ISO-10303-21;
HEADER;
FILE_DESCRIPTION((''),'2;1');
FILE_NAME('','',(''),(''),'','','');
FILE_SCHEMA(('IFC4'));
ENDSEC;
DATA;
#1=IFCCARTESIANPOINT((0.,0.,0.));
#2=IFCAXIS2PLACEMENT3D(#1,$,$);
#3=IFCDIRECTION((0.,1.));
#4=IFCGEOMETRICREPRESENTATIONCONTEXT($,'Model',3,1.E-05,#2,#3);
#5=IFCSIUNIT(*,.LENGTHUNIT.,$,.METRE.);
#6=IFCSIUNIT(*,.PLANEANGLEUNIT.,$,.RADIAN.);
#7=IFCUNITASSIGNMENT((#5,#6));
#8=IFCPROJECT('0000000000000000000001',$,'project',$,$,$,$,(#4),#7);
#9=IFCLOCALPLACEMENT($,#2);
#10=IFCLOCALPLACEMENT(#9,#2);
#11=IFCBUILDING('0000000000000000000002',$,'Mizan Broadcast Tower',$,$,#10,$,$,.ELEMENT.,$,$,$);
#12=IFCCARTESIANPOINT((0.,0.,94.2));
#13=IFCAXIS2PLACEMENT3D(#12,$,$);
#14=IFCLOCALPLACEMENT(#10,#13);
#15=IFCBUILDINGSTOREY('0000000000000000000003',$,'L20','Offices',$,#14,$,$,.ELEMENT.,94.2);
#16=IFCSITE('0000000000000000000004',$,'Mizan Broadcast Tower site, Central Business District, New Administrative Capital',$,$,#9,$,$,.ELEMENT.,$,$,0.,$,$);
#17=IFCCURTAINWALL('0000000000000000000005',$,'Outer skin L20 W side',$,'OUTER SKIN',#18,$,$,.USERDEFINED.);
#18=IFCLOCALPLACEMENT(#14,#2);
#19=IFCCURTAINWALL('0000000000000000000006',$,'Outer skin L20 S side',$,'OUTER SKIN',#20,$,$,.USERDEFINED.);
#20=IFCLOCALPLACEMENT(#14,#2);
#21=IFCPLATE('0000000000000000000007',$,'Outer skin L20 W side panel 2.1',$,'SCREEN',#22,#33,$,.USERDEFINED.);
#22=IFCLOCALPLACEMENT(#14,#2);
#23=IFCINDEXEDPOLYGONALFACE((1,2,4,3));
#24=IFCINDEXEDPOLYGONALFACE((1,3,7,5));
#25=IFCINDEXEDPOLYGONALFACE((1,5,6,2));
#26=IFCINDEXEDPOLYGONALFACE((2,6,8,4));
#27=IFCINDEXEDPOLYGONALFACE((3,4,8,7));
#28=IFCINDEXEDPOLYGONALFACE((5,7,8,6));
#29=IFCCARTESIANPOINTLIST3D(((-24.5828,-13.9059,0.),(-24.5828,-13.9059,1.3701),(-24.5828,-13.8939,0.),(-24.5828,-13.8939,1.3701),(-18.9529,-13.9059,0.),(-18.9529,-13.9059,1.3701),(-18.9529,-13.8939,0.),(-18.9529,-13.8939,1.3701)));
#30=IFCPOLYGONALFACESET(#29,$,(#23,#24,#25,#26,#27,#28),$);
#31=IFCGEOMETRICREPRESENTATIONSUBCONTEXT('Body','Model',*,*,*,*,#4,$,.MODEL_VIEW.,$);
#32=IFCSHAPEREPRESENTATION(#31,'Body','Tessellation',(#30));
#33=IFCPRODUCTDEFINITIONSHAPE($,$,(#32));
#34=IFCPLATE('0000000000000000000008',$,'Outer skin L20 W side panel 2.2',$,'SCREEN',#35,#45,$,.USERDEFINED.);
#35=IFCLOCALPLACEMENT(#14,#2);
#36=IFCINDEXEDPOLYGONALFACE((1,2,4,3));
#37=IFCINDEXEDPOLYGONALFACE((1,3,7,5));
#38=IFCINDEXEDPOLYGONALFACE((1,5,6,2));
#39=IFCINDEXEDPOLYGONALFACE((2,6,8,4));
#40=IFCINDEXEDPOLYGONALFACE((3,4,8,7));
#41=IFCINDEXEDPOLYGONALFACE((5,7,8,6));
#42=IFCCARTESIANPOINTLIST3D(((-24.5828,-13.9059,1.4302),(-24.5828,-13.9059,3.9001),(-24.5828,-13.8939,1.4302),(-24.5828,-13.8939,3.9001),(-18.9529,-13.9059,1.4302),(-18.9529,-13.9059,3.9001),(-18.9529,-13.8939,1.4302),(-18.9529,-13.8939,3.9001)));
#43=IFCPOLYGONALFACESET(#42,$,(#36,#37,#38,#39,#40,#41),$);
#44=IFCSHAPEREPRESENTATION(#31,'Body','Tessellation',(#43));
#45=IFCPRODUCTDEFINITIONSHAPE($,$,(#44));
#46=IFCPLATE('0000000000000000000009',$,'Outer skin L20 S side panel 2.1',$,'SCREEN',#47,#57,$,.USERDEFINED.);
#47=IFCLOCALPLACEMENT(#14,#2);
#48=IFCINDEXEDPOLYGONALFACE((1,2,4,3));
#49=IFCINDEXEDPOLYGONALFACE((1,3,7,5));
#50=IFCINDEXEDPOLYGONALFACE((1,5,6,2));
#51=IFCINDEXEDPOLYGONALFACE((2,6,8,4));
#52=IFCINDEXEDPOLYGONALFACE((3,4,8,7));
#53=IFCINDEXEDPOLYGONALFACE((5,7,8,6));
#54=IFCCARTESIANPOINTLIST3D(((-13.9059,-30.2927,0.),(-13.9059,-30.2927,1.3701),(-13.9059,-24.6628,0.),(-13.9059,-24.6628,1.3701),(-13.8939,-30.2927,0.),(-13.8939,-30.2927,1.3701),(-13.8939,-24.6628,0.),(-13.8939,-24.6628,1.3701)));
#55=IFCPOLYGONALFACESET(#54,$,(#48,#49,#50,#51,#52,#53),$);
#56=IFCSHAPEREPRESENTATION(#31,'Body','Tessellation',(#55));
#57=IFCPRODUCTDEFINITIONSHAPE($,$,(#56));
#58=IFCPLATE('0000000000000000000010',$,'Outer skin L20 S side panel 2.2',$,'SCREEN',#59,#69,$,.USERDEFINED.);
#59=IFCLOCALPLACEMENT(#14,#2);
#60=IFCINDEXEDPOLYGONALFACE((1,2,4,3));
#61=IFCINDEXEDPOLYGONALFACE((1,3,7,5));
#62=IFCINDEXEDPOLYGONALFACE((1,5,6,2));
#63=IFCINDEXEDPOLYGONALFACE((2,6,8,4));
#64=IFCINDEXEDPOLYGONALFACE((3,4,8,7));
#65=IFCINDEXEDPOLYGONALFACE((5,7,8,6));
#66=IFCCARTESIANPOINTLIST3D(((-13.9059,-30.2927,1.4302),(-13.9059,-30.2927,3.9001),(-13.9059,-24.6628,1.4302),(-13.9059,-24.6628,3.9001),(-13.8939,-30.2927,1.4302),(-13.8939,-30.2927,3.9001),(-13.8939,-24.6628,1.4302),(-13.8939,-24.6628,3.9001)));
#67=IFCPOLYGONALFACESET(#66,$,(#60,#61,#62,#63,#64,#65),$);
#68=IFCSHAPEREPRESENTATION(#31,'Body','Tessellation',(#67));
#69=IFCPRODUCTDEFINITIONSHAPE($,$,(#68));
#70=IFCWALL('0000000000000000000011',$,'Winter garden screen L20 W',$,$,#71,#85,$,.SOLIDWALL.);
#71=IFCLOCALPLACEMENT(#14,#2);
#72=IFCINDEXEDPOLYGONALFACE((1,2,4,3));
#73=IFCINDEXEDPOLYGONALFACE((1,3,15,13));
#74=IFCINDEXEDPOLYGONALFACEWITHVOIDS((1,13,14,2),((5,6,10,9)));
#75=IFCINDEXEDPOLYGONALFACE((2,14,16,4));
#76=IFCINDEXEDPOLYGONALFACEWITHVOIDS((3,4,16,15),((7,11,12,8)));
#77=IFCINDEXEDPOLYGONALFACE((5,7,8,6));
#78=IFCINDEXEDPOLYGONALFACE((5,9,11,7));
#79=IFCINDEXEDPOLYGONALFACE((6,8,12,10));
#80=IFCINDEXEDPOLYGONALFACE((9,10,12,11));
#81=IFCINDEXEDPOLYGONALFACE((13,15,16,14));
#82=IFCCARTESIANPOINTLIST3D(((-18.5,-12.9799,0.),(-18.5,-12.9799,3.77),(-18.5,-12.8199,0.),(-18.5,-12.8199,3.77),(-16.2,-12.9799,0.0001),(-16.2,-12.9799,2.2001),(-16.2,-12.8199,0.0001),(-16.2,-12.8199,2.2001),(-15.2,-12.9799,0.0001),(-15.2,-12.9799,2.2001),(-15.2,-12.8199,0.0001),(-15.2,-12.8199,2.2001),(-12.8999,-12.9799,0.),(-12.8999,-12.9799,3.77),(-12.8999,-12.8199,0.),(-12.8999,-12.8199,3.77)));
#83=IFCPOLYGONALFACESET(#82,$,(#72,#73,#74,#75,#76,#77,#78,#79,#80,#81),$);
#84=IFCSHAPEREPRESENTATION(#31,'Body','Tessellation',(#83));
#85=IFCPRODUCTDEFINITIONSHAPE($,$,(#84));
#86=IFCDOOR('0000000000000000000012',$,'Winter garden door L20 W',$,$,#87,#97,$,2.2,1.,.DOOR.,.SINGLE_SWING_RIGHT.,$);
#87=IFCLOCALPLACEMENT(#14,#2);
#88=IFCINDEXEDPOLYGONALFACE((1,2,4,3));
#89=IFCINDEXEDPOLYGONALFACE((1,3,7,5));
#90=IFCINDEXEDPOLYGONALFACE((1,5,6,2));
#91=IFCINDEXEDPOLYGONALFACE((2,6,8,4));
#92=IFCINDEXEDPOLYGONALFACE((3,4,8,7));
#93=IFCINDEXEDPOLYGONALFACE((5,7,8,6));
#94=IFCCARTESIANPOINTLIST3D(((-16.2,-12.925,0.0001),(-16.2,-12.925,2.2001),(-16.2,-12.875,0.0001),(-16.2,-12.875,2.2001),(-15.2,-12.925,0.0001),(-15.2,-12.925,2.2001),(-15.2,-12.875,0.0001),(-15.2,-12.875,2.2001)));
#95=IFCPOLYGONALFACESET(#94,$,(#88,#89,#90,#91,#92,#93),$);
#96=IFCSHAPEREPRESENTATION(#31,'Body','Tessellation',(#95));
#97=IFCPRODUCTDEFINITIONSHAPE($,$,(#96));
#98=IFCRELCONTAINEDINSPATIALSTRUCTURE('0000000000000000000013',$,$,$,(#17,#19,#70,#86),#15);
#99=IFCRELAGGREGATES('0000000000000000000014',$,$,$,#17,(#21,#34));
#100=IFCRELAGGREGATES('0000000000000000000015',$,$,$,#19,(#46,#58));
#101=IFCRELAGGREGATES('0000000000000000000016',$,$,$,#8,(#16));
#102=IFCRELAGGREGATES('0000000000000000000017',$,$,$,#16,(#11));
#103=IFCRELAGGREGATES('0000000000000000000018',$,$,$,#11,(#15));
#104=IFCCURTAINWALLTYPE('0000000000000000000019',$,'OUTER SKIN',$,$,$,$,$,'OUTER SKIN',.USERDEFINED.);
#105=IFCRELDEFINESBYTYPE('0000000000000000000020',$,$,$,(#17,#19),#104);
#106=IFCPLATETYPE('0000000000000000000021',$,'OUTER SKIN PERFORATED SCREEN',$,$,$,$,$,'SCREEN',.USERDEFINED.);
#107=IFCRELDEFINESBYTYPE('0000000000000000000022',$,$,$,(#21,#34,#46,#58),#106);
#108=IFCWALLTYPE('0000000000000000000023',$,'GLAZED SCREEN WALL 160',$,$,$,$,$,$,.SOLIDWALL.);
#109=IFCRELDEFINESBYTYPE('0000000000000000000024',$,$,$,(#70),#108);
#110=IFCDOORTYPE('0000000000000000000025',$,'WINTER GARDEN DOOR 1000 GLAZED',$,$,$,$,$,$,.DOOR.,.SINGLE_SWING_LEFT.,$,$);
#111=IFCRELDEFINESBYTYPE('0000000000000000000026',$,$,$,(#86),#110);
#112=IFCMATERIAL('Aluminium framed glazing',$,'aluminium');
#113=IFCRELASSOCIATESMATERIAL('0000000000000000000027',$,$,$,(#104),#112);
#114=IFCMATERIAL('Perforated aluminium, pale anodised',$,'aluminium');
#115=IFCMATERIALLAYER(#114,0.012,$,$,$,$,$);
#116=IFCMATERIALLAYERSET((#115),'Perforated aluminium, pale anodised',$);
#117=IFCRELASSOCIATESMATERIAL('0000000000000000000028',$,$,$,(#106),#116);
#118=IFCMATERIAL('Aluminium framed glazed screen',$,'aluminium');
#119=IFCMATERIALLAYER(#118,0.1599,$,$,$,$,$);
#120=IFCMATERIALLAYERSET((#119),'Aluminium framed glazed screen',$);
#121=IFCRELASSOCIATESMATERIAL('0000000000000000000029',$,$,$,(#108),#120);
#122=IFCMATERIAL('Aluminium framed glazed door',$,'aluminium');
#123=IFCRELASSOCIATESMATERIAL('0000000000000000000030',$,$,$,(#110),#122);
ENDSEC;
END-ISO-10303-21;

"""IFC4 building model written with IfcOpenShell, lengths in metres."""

from ifc_helpers import new_model, si_unit, direction, frame, frame_2d, origin, origin_2d, place, context, subcontext, project, spatial, rectangle, extrude, material, layer, layer_set, type_object, element, fill, aggregate, save


model = new_model("IFC4")

# Units and contexts
model_context = context("Model", 3, precision=1e-05, world=origin(), true_north=direction((0.0, 1.0)))
body_context = subcontext(model_context, "Body", "Model", "MODEL_VIEW")
ifc_project = project(units=[si_unit("LENGTHUNIT", "METRE"), si_unit("PLANEANGLEUNIT", "RADIAN")], contexts=[model_context])

# Site, building, storey
site_placement = place(None, origin())
site = spatial("IfcSite", under=ifc_project, at=site_placement, Name="Mizan Broadcast Tower site, Central Business District, New Administrative Capital", CompositionType="ELEMENT", RefElevation=0.0)
building_placement = place(site_placement, origin())
building = spatial("IfcBuilding", under=site, at=building_placement, Name="Mizan Broadcast Tower", CompositionType="ELEMENT")
storey_placement = place(building_placement, frame((0.0, 0.0, 94.2)))
storey = spatial("IfcBuildingStorey", under=building, at=storey_placement, Name="L20", Description="Offices", CompositionType="ELEMENT", Elevation=94.2)

# Shared definitions
ifc_material_1 = material(Name="Aluminium framed glazing", Category="aluminium")
curtain_wall_type_1 = type_object("IfcCurtainWallType", Name="OUTER SKIN", ElementType="OUTER SKIN", PredefinedType="USERDEFINED", material=ifc_material_1)

# Curtain wall
curtain_wall_1_placement = place(storey_placement, origin())
curtain_wall_1 = element("IfcCurtainWall", 1, at=curtain_wall_1_placement, inside=storey, type_object=curtain_wall_type_1, Name="Outer skin L20 W side", ObjectType="OUTER SKIN", PredefinedType="USERDEFINED")

# Curtain wall
curtain_wall_2_placement = place(storey_placement, origin())
curtain_wall_2 = element("IfcCurtainWall", 2, at=curtain_wall_2_placement, inside=storey, type_object=curtain_wall_type_1, Name="Outer skin L20 S side", ObjectType="OUTER SKIN", PredefinedType="USERDEFINED")

# Plates
ifc_material_2 = material(Name="Perforated aluminium, pale anodised", Category="aluminium")
ifc_layer_1 = layer(ifc_material_2, 0.012)
ifc_layer_set_1 = layer_set([ifc_layer_1], Name="Perforated aluminium, pale anodised")
plate_type_1 = type_object("IfcPlateType", Name="OUTER SKIN PERFORATED SCREEN", ElementType="SCREEN", PredefinedType="USERDEFINED", material=ifc_layer_set_1)
plate_1_placement = place(storey_placement, frame((-21.7678, -13.8999, 0.0), z_axis=(0.0, 0.0, 1.0), x_axis=(1.0, 0.0, 0.0)))
plate_1 = element("IfcPlate", 3, at=plate_1_placement, type_object=plate_type_1, Name="Outer skin L20 W side panel 2.1", ObjectType="SCREEN", PredefinedType="USERDEFINED", context=body_context, shape_type="SweptSolid", body=[
    extrude(rectangle(XDim=5.6299, YDim=0.012, at=origin_2d()), origin(), (0.0, 0.0, 1.0), 1.3701),
])
plate_2_placement = place(storey_placement, frame((-21.7678, -13.8999, 1.4302), z_axis=(0.0, 0.0, 1.0), x_axis=(1.0, 0.0, 0.0)))
plate_2 = element("IfcPlate", 4, at=plate_2_placement, type_object=plate_type_1, Name="Outer skin L20 W side panel 2.2", ObjectType="SCREEN", PredefinedType="USERDEFINED", context=body_context, shape_type="SweptSolid", body=[
    extrude(rectangle(XDim=5.6299, YDim=0.012, at=origin_2d()), origin(), (0.0, 0.0, 1.0), 2.47),
])
aggregate(curtain_wall_1, [plate_1, plate_2])
plate_3_placement = place(storey_placement, frame((-13.8999, -27.4778, 0.0), z_axis=(0.0, 0.0, 1.0), x_axis=(0.0, -1.0, 0.0)))
plate_3 = element("IfcPlate", 5, at=plate_3_placement, type_object=plate_type_1, Name="Outer skin L20 S side panel 2.1", ObjectType="SCREEN", PredefinedType="USERDEFINED", context=body_context, shape_type="SweptSolid", body=[
    extrude(rectangle(XDim=5.6299, YDim=0.012, at=origin_2d()), origin(), (0.0, 0.0, 1.0), 1.3701),
])
plate_4_placement = place(storey_placement, frame((-13.8999, -27.4778, 1.4302), z_axis=(0.0, 0.0, 1.0), x_axis=(0.0, -1.0, 0.0)))
plate_4 = element("IfcPlate", 6, at=plate_4_placement, type_object=plate_type_1, Name="Outer skin L20 S side panel 2.2", ObjectType="SCREEN", PredefinedType="USERDEFINED", context=body_context, shape_type="SweptSolid", body=[
    extrude(rectangle(XDim=5.6299, YDim=0.012, at=origin_2d()), origin(), (0.0, 0.0, 1.0), 2.47),
])
aggregate(curtain_wall_2, [plate_3, plate_4])

# Wall, opening, door
ifc_material_3 = material(Name="Aluminium framed glazed screen", Category="aluminium")
ifc_layer_2 = layer(ifc_material_3, 0.1599)
ifc_layer_set_2 = layer_set([ifc_layer_2], Name="Aluminium framed glazed screen")
wall_type = type_object("IfcWallType", Name="GLAZED SCREEN WALL 160", PredefinedType="SOLIDWALL", material=ifc_layer_set_2)
wall_placement = place(storey_placement, frame((-18.5, -12.8999, 0.0), z_axis=(0.0, 0.0, 1.0), x_axis=(1.0, 0.0, 0.0)))
wall = element("IfcWall", 7, at=wall_placement, inside=storey, type_object=wall_type, Name="Winter garden screen L20 W", PredefinedType="SOLIDWALL", context=body_context, shape_type="SweptSolid", body=[
    extrude(rectangle(XDim=5.6001, YDim=0.1599, at=frame_2d((2.8, 0.0))), origin(), (0.0, 0.0, 1.0), 3.77),
])
opening_placement = place(wall_placement, frame((2.3, 0.0, 0.0)))
opening = element("IfcOpeningElement", 8, at=opening_placement, cuts=wall, PredefinedType="OPENING", context=body_context, shape_type="SweptSolid", body=[
    extrude(rectangle(XDim=1.0, YDim=2.2, at=frame_2d((0.5, 1.1001))), frame((0.0, 0.0898, 0.0), z_axis=(0.0, -1.0, 0.0), x_axis=(1.0, 0.0, 0.0)), (0.0, 0.0, 1.0), 0.1799),
])
ifc_material_4 = material(Name="Aluminium framed glazed door", Category="aluminium")
door_type = type_object("IfcDoorType", Name="WINTER GARDEN DOOR 1000 GLAZED", OperationType="SINGLE_SWING_LEFT", PredefinedType="DOOR", material=ifc_material_4)
door_placement = place(opening_placement, origin())
door = element("IfcDoor", 9, at=door_placement, inside=storey, type_object=door_type, Name="Winter garden door L20 W", OperationType="SINGLE_SWING_RIGHT", OverallHeight=2.2, OverallWidth=1.0, PredefinedType="DOOR", context=body_context, shape_type="SweptSolid", body=[
    extrude(rectangle(XDim=1.0, YDim=2.2, at=frame_2d((0.5, 1.1001))), frame((0.0, 0.0249, 0.0), z_axis=(0.0, -1.0, 0.0), x_axis=(1.0, 0.0, 0.0)), (0.0, 0.0, 1.0), 0.05),
])
fill(opening, door)

save(model, "model.ifc")
